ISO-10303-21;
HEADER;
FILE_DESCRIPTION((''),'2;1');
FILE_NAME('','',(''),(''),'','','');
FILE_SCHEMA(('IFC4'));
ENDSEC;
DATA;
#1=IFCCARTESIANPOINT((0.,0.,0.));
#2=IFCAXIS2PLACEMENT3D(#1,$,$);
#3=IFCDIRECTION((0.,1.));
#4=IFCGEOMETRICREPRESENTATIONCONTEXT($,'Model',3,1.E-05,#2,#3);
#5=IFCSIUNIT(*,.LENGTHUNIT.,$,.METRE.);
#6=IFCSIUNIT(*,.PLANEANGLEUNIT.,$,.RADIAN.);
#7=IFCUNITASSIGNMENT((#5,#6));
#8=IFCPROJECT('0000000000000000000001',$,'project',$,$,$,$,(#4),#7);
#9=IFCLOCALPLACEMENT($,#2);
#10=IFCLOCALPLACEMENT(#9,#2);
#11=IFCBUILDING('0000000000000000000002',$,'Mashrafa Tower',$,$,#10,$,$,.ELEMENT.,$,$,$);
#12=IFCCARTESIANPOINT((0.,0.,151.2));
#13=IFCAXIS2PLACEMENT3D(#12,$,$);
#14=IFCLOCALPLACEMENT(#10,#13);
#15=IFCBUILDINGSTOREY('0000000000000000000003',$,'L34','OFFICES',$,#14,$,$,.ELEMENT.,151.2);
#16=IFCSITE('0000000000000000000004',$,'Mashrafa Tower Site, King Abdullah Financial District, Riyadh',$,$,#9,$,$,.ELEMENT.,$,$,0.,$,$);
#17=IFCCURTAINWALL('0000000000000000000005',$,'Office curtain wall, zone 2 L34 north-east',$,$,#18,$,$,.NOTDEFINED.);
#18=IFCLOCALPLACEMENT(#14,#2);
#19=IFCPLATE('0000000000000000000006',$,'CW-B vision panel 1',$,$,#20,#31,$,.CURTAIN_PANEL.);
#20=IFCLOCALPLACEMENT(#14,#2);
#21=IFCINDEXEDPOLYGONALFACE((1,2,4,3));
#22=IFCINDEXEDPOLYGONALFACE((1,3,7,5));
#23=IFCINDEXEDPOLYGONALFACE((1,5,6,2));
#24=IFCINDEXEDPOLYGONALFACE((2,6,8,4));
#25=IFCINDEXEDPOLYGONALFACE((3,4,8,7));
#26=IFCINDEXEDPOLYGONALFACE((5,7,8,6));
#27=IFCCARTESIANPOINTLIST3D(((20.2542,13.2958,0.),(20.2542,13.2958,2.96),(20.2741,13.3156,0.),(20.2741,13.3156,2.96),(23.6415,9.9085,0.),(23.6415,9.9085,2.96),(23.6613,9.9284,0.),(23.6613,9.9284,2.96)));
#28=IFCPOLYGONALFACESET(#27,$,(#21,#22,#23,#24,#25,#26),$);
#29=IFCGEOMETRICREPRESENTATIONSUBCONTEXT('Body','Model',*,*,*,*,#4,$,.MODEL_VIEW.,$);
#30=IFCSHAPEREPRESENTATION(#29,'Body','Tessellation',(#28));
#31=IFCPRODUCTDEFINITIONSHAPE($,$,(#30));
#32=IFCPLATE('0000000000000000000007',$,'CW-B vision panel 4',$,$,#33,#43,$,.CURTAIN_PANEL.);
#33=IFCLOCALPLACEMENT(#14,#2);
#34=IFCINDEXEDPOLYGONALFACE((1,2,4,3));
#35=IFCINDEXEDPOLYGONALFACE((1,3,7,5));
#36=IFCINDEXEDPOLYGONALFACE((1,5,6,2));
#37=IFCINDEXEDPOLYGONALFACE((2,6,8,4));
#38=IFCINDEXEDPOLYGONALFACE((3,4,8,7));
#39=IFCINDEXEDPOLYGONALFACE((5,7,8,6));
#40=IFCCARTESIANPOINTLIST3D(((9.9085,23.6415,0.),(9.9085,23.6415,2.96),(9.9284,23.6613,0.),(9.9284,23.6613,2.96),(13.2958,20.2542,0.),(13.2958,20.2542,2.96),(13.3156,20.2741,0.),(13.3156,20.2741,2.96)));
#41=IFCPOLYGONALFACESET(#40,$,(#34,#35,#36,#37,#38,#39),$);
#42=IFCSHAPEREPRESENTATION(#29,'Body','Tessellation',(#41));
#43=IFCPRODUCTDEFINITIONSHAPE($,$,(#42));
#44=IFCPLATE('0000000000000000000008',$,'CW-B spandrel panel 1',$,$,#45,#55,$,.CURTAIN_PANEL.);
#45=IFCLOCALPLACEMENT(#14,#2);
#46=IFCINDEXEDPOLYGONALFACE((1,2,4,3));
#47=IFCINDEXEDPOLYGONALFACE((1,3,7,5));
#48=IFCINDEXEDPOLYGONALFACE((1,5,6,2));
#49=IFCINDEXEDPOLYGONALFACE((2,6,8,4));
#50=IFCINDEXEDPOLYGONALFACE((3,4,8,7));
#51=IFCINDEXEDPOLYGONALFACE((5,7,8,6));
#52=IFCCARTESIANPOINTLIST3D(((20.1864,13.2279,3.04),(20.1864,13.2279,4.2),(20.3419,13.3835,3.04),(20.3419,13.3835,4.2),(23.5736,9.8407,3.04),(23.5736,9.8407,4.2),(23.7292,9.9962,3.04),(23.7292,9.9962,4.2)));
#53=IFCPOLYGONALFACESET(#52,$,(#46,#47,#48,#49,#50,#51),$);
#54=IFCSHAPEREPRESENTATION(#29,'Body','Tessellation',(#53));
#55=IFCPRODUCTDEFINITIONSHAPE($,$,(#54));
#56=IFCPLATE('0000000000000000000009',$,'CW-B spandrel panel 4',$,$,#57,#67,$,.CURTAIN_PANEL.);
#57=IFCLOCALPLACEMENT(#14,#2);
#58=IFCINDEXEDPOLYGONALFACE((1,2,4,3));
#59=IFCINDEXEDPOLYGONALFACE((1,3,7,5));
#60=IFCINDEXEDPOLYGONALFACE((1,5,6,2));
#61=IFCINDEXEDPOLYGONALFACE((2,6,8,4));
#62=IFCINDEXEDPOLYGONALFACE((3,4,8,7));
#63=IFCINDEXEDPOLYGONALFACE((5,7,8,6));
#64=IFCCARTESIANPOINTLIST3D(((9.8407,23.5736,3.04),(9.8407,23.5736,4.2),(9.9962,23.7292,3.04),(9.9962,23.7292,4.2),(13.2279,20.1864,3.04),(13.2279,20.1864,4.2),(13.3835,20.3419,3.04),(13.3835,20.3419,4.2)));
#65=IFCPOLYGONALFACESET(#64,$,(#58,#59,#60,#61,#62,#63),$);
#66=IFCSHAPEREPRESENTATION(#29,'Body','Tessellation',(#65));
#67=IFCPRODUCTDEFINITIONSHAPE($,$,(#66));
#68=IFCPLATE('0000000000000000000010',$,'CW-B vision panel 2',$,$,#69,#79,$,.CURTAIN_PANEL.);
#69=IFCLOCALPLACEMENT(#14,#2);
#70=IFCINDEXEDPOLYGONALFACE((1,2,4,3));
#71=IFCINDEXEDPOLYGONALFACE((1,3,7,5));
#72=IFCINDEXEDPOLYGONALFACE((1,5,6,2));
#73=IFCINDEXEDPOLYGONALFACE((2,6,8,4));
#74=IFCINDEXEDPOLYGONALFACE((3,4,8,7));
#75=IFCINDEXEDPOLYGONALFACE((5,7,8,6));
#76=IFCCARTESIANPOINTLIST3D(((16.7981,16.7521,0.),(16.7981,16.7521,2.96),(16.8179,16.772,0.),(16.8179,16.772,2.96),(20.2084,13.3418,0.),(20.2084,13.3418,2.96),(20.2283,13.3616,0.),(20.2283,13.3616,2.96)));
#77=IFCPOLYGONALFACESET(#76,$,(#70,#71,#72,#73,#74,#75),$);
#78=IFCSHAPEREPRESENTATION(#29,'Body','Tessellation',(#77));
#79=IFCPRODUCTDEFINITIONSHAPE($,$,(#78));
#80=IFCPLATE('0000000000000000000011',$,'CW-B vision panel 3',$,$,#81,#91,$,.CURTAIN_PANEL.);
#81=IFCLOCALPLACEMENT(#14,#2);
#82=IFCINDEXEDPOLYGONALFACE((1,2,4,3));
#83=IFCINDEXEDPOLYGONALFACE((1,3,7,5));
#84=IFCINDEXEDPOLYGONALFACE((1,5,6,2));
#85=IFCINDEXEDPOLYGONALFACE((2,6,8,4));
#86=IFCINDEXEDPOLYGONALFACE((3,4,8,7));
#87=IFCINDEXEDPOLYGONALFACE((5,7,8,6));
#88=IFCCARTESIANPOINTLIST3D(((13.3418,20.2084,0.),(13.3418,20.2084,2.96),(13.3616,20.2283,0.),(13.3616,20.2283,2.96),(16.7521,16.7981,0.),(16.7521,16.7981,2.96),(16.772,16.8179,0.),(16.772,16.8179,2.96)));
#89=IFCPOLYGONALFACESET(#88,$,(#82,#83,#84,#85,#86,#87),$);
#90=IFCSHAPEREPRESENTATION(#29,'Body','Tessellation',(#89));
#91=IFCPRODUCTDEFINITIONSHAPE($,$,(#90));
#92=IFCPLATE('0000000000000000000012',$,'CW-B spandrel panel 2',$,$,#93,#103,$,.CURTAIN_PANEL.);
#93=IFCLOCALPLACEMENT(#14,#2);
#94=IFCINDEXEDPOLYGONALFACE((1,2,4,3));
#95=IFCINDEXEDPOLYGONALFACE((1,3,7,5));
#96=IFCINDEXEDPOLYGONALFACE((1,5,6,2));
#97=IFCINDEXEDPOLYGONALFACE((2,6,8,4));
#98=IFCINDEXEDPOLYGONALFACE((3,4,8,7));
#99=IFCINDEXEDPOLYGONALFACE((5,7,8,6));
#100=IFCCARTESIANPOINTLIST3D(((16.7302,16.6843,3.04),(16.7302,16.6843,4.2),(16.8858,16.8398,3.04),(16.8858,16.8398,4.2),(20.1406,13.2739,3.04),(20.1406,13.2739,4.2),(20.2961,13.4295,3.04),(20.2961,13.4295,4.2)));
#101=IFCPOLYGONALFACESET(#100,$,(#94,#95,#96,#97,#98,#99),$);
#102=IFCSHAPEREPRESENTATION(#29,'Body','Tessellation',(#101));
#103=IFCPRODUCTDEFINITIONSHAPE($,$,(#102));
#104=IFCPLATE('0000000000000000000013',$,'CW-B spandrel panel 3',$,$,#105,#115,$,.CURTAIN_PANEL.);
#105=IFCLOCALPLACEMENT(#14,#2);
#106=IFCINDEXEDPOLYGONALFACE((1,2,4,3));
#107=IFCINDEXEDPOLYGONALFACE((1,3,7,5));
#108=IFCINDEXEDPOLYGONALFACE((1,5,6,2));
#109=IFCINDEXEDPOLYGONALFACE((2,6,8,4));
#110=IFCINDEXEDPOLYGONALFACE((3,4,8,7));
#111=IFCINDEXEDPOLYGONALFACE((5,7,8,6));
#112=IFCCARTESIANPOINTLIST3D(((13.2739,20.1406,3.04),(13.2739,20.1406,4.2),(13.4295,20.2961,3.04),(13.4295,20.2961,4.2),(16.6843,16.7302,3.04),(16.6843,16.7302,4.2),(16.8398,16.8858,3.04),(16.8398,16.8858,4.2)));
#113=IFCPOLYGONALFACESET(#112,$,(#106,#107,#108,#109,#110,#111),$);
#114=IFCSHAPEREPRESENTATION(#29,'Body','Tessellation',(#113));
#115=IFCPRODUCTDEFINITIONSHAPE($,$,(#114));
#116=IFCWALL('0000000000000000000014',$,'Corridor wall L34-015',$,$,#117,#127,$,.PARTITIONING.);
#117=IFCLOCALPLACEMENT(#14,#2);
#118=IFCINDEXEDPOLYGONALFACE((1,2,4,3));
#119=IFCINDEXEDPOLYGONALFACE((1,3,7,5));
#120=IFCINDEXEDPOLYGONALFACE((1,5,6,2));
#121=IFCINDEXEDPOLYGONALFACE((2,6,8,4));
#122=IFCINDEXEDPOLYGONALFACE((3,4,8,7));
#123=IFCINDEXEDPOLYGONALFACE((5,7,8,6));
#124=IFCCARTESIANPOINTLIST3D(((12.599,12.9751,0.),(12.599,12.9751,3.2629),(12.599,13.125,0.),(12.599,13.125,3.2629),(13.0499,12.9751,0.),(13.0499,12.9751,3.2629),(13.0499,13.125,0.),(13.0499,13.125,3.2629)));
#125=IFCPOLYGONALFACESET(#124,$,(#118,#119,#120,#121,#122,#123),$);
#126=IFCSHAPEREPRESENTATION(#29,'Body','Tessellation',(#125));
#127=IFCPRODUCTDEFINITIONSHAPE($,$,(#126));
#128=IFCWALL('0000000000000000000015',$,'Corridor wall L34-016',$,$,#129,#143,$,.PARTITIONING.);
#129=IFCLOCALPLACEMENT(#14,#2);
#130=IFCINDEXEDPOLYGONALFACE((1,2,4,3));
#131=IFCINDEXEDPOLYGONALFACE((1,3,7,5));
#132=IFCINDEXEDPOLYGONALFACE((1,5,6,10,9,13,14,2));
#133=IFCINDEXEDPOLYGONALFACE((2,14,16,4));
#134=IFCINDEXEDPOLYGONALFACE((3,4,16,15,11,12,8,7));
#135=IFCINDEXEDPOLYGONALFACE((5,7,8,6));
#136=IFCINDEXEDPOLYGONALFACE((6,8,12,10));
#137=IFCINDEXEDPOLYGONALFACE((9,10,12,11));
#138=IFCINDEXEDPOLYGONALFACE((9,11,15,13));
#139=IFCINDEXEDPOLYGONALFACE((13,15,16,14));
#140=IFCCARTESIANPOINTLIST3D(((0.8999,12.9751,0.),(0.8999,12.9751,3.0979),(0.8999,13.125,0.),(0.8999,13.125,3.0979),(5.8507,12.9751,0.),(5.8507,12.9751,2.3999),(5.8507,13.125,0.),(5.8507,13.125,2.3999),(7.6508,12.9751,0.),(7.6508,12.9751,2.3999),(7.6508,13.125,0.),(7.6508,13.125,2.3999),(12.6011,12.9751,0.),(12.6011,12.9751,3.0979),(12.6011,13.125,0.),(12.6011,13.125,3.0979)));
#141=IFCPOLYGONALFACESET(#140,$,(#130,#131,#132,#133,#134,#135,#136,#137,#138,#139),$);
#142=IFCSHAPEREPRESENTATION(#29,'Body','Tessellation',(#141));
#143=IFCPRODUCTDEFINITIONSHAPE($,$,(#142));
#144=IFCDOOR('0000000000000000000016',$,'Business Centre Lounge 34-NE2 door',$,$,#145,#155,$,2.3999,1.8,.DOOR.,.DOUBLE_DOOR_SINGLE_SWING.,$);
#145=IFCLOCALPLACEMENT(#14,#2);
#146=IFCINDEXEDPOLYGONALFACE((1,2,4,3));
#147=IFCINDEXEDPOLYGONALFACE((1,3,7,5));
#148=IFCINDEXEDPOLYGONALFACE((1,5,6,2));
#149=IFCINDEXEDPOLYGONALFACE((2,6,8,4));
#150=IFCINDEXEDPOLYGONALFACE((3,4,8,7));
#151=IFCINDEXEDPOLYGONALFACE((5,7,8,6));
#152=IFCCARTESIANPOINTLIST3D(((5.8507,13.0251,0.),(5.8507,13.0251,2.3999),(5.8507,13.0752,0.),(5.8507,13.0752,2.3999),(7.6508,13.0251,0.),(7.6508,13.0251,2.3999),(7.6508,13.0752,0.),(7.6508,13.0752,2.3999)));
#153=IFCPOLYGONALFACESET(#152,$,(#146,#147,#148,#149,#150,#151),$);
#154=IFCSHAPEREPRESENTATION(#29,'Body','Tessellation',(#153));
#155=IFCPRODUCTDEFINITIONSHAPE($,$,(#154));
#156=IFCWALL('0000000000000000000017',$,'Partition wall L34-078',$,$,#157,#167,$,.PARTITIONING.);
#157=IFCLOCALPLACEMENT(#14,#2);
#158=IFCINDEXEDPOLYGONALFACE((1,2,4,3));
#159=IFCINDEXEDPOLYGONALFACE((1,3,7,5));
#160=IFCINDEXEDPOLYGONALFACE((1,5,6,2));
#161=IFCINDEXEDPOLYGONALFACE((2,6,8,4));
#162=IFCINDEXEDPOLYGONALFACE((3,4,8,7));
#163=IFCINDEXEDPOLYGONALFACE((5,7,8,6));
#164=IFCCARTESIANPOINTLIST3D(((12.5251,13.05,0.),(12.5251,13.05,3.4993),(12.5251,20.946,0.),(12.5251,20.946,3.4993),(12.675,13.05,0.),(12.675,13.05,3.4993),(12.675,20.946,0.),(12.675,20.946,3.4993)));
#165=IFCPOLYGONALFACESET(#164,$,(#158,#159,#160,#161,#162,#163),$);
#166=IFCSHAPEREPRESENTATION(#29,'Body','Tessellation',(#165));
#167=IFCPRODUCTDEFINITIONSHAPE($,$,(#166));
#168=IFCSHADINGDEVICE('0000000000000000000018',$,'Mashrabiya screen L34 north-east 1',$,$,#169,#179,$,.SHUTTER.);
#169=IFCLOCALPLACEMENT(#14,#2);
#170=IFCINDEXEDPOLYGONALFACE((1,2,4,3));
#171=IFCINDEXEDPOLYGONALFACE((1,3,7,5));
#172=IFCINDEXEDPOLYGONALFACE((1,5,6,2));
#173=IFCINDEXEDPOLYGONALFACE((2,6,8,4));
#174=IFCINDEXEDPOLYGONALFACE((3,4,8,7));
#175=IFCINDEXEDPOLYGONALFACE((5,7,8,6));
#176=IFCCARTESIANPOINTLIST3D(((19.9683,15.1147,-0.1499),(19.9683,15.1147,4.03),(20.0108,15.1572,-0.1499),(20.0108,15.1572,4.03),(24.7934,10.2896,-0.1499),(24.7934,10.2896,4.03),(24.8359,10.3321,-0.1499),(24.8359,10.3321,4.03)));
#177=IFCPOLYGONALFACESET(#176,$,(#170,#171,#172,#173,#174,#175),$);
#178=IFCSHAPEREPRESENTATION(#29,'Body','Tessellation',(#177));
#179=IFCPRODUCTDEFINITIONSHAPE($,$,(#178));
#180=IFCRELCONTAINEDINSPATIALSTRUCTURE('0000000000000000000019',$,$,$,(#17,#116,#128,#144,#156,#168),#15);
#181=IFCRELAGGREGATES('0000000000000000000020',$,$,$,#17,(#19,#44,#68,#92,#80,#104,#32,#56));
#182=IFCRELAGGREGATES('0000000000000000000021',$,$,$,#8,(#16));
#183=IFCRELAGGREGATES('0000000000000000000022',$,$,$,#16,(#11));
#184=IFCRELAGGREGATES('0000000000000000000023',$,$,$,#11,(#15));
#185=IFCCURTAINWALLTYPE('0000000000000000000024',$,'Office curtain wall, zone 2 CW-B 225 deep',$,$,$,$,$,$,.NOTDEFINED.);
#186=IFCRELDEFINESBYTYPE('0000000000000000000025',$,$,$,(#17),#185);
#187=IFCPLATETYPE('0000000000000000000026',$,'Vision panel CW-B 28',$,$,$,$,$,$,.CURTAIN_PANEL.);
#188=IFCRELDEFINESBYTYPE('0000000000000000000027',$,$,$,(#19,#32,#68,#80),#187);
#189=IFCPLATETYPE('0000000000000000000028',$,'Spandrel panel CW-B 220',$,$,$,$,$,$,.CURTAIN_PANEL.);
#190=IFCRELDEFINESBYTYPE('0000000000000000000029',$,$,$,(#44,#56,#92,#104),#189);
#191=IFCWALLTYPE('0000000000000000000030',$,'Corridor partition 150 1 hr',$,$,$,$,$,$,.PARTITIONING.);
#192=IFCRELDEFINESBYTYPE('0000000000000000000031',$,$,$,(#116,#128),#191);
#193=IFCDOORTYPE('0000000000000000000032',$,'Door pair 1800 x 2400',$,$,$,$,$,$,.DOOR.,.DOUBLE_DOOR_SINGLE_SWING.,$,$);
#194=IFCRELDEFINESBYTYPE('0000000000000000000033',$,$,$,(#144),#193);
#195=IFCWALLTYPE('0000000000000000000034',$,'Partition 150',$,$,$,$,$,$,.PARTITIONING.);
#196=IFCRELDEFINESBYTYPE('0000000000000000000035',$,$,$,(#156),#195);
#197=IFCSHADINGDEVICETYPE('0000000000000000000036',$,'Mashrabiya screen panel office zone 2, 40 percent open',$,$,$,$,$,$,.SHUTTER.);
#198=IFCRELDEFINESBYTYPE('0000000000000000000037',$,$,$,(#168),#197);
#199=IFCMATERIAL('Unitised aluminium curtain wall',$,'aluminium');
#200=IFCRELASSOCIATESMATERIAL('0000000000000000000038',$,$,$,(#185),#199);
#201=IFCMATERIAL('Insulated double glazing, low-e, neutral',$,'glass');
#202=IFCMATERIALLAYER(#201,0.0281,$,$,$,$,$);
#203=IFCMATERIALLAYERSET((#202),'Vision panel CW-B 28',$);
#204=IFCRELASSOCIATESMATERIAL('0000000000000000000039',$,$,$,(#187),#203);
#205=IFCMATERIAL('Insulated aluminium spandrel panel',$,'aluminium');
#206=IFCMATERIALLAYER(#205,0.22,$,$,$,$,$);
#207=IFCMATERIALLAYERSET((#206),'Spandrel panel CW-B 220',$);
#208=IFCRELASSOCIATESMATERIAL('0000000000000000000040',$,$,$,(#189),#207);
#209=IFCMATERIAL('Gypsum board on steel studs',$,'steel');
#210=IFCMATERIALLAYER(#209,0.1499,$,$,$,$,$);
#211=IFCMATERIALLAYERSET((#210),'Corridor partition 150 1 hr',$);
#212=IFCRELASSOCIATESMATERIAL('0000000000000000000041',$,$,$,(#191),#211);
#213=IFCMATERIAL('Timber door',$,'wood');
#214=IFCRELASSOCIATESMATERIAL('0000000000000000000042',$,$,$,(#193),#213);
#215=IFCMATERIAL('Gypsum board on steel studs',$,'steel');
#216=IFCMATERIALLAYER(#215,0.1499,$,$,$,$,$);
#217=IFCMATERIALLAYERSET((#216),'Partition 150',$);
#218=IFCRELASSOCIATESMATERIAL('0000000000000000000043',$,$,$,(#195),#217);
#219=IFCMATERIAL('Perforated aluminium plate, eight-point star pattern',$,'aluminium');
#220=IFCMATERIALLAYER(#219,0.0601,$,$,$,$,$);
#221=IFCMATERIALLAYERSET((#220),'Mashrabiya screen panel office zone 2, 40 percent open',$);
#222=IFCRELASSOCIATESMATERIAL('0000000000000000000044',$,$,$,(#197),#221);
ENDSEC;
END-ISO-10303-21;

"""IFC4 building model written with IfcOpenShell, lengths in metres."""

from ifc_helpers import new_model, si_unit, direction, frame, frame_2d, origin, origin_2d, place, context, subcontext, project, spatial, rectangle, extrude, source, transform, mapped, material, layer, layer_set, type_object, type_shapes, element, fill, aggregate, save


model = new_model("IFC4")

# Units and contexts
model_context = context("Model", 3, precision=1e-05, world=origin(), true_north=direction((0.0, 1.0)))
body_context = subcontext(model_context, "Body", "Model", "MODEL_VIEW")
ifc_project = project(units=[si_unit("LENGTHUNIT", "METRE"), si_unit("PLANEANGLEUNIT", "RADIAN")], contexts=[model_context])

# Site, building, storey
site_placement = place(None, origin())
site = spatial("IfcSite", under=ifc_project, at=site_placement, Name="Mashrafa Tower Site, King Abdullah Financial District, Riyadh", CompositionType="ELEMENT", RefElevation=0.0)
building_placement = place(site_placement, origin())
building = spatial("IfcBuilding", under=site, at=building_placement, Name="Mashrafa Tower", CompositionType="ELEMENT")
storey_placement = place(building_placement, frame((0.0, 0.0, 151.2)))
storey = spatial("IfcBuildingStorey", under=building, at=storey_placement, Name="L34", Description="OFFICES", CompositionType="ELEMENT", Elevation=151.2)

# Curtain wall, plates
ifc_material_1 = material(Name="Unitised aluminium curtain wall", Category="aluminium")
curtain_wall_type = type_object("IfcCurtainWallType", Name="Office curtain wall, zone 2 CW-B 225 deep", PredefinedType="NOTDEFINED", material=ifc_material_1)
curtain_wall_placement = place(storey_placement, origin())
curtain_wall = element("IfcCurtainWall", 1, at=curtain_wall_placement, inside=storey, type_object=curtain_wall_type, Name="Office curtain wall, zone 2 L34 north-east", PredefinedType="NOTDEFINED")
ifc_material_2 = material(Name="Insulated double glazing, low-e, neutral", Category="glass")
ifc_layer_1 = layer(ifc_material_2, 0.0281)
ifc_layer_set_1 = layer_set([ifc_layer_1], Name="Vision panel CW-B 28")
plate_type_1 = type_object("IfcPlateType", Name="Vision panel CW-B 28", PredefinedType="CURTAIN_PANEL", material=ifc_layer_set_1)
shared_shape_1 = source(origin(), body_context, "Body", "SweptSolid", [
    extrude(rectangle(XDim=4.7903, YDim=0.0281, at=origin_2d()), origin(), (0.0, 0.0, 1.0), 2.96),
])
plate_1_placement = place(storey_placement, frame((21.9578, 11.6121, 0.0), z_axis=(0.0, 0.0, 1.0), x_axis=(-0.707107, 0.707107, 0.0)))
plate_1 = element("IfcPlate", 2, at=plate_1_placement, type_object=plate_type_1, Name="CW-B vision panel 1", PredefinedType="CURTAIN_PANEL", context=body_context, shape_type="MappedRepresentation", body=[
    mapped(shared_shape_1, transform((0.0, 0.0, 0.0))),
])
plate_2_placement = place(storey_placement, frame((11.6121, 21.9578, 0.0), z_axis=(0.0, 0.0, 1.0), x_axis=(-0.707107, 0.707107, 0.0)))
plate_2 = element("IfcPlate", 3, at=plate_2_placement, type_object=plate_type_1, Name="CW-B vision panel 4", PredefinedType="CURTAIN_PANEL", context=body_context, shape_type="MappedRepresentation", body=[
    mapped(shared_shape_1, transform((0.0, 0.0, 0.0))),
])
ifc_material_3 = material(Name="Insulated aluminium spandrel panel", Category="aluminium")
ifc_layer_2 = layer(ifc_material_3, 0.22)
ifc_layer_set_2 = layer_set([ifc_layer_2], Name="Spandrel panel CW-B 220")
plate_type_2 = type_object("IfcPlateType", Name="Spandrel panel CW-B 220", PredefinedType="CURTAIN_PANEL", material=ifc_layer_set_2)
shared_shape_2 = source(origin(), body_context, "Body", "SweptSolid", [
    extrude(rectangle(XDim=4.7903, YDim=0.22, at=origin_2d()), origin(), (0.0, 0.0, 1.0), 1.1599),
])
plate_3_placement = place(storey_placement, frame((21.9578, 11.6121, 3.04), z_axis=(0.0, 0.0, 1.0), x_axis=(-0.707107, 0.707107, 0.0)))
plate_3 = element("IfcPlate", 4, at=plate_3_placement, type_object=plate_type_2, Name="CW-B spandrel panel 1", PredefinedType="CURTAIN_PANEL", context=body_context, shape_type="MappedRepresentation", body=[
    mapped(shared_shape_2, transform((0.0, 0.0, 0.0))),
])
plate_4_placement = place(storey_placement, frame((11.6121, 21.9578, 3.04), z_axis=(0.0, 0.0, 1.0), x_axis=(-0.707107, 0.707107, 0.0)))
plate_4 = element("IfcPlate", 5, at=plate_4_placement, type_object=plate_type_2, Name="CW-B spandrel panel 4", PredefinedType="CURTAIN_PANEL", context=body_context, shape_type="MappedRepresentation", body=[
    mapped(shared_shape_2, transform((0.0, 0.0, 0.0))),
])
shared_shape_3 = source(origin(), body_context, "Body", "SweptSolid", [
    extrude(rectangle(XDim=4.823, YDim=0.0281, at=origin_2d()), origin(), (0.0, 0.0, 1.0), 2.96),
])
type_shapes(plate_type_1, [shared_shape_1, shared_shape_3])
plate_5_placement = place(storey_placement, frame((18.5132, 15.0569, 0.0), z_axis=(0.0, 0.0, 1.0), x_axis=(-0.707107, 0.707107, 0.0)))
plate_5 = element("IfcPlate", 6, at=plate_5_placement, type_object=plate_type_1, Name="CW-B vision panel 2", PredefinedType="CURTAIN_PANEL", context=body_context, shape_type="MappedRepresentation", body=[
    mapped(shared_shape_3, transform((0.0, 0.0, 0.0))),
])
plate_6_placement = place(storey_placement, frame((15.0569, 18.5132, 0.0), z_axis=(0.0, 0.0, 1.0), x_axis=(-0.707107, 0.707107, 0.0)))
plate_6 = element("IfcPlate", 7, at=plate_6_placement, type_object=plate_type_1, Name="CW-B vision panel 3", PredefinedType="CURTAIN_PANEL", context=body_context, shape_type="MappedRepresentation", body=[
    mapped(shared_shape_3, transform((0.0, 0.0, 0.0))),
])
shared_shape_4 = source(origin(), body_context, "Body", "SweptSolid", [
    extrude(rectangle(XDim=4.823, YDim=0.22, at=origin_2d()), origin(), (0.0, 0.0, 1.0), 1.1599),
])
type_shapes(plate_type_2, [shared_shape_2, shared_shape_4])
plate_7_placement = place(storey_placement, frame((18.5132, 15.0569, 3.04), z_axis=(0.0, 0.0, 1.0), x_axis=(-0.707107, 0.707107, 0.0)))
plate_7 = element("IfcPlate", 8, at=plate_7_placement, type_object=plate_type_2, Name="CW-B spandrel panel 2", PredefinedType="CURTAIN_PANEL", context=body_context, shape_type="MappedRepresentation", body=[
    mapped(shared_shape_4, transform((0.0, 0.0, 0.0))),
])
plate_8_placement = place(storey_placement, frame((15.0569, 18.5132, 3.04), z_axis=(0.0, 0.0, 1.0), x_axis=(-0.707107, 0.707107, 0.0)))
plate_8 = element("IfcPlate", 9, at=plate_8_placement, type_object=plate_type_2, Name="CW-B spandrel panel 3", PredefinedType="CURTAIN_PANEL", context=body_context, shape_type="MappedRepresentation", body=[
    mapped(shared_shape_4, transform((0.0, 0.0, 0.0))),
])
aggregate(curtain_wall, [plate_1, plate_3, plate_5, plate_7, plate_6, plate_8, plate_2, plate_4])

# Wall
ifc_material_4 = material(Name="Gypsum board on steel studs", Category="steel")
ifc_layer_3 = layer(ifc_material_4, 0.1499)
ifc_layer_set_3 = layer_set([ifc_layer_3], Name="Corridor partition 150 1 hr")
wall_type_1 = type_object("IfcWallType", Name="Corridor partition 150 1 hr", PredefinedType="PARTITIONING", material=ifc_layer_set_3)
wall_1_placement = place(storey_placement, frame((13.05, 13.05, 0.0), z_axis=(0.0, 0.0, 1.0), x_axis=(-1.0, 0.0, 0.0)))
element("IfcWall", 10, at=wall_1_placement, inside=storey, type_object=wall_type_1, Name="Corridor wall L34-015", PredefinedType="PARTITIONING", context=body_context, shape_type="SweptSolid", body=[
    extrude(rectangle(XDim=0.4509, YDim=0.1499, at=frame_2d((0.2256, 0.0))), origin(), (0.0, 0.0, 1.0), 3.2629),
])

# Wall, opening, door
wall_2_placement = place(storey_placement, frame((12.6011, 13.05, 0.0), z_axis=(0.0, 0.0, 1.0), x_axis=(-1.0, 0.0, 0.0)))
wall_2 = element("IfcWall", 11, at=wall_2_placement, inside=storey, type_object=wall_type_1, Name="Corridor wall L34-016", PredefinedType="PARTITIONING", context=body_context, shape_type="SweptSolid", body=[
    extrude(rectangle(XDim=11.7012, YDim=0.1499, at=frame_2d((5.8506, 0.0))), origin(), (0.0, 0.0, 1.0), 3.0979),
])
opening_placement = place(wall_2_placement, frame((4.9504, 0.0, 0.0)))
opening = element("IfcOpeningElement", 12, at=opening_placement, cuts=wall_2, PredefinedType="OPENING", context=body_context, shape_type="SweptSolid", body=[
    extrude(rectangle(XDim=1.8, YDim=2.3999, at=frame_2d((0.8999, 1.2))), frame((0.0, 0.085, 0.0), z_axis=(0.0, -1.0, 0.0), x_axis=(1.0, 0.0, 0.0)), (0.0, 0.0, 1.0), 0.1699),
])
ifc_material_5 = material(Name="Timber door", Category="wood")
door_type = type_object("IfcDoorType", Name="Door pair 1800 x 2400", OperationType="DOUBLE_DOOR_SINGLE_SWING", PredefinedType="DOOR", material=ifc_material_5)
door_placement = place(opening_placement, origin())
door = element("IfcDoor", 13, at=door_placement, inside=storey, type_object=door_type, Name="Business Centre Lounge 34-NE2 door", OperationType="DOUBLE_DOOR_SINGLE_SWING", OverallHeight=2.3999, OverallWidth=1.8, PredefinedType="DOOR", context=body_context, shape_type="SweptSolid", body=[
    extrude(rectangle(XDim=1.8, YDim=2.3999, at=frame_2d((0.8999, 1.2))), frame((0.0, 0.0249, 0.0), z_axis=(0.0, -1.0, 0.0), x_axis=(1.0, 0.0, 0.0)), (0.0, 0.0, 1.0), 0.05),
])
fill(opening, door)

# Wall
ifc_material_6 = material(Name="Gypsum board on steel studs", Category="steel")
ifc_layer_4 = layer(ifc_material_6, 0.1499)
ifc_layer_set_4 = layer_set([ifc_layer_4], Name="Partition 150")
wall_type_2 = type_object("IfcWallType", Name="Partition 150", PredefinedType="PARTITIONING", material=ifc_layer_set_4)
wall_3_placement = place(storey_placement, frame((12.6001, 20.946, 0.0), z_axis=(0.0, 0.0, 1.0), x_axis=(0.0, -1.0, 0.0)))
element("IfcWall", 14, at=wall_3_placement, inside=storey, type_object=wall_type_2, Name="Partition wall L34-078", PredefinedType="PARTITIONING", context=body_context, shape_type="SweptSolid", body=[
    extrude(rectangle(XDim=7.896, YDim=0.1499, at=frame_2d((3.948, 0.0))), origin(), (0.0, 0.0, 1.0), 3.4993),
])

# Shading device
ifc_material_7 = material(Name="Perforated aluminium plate, eight-point star pattern", Category="aluminium")
ifc_layer_5 = layer(ifc_material_7, 0.0601)
ifc_layer_set_5 = layer_set([ifc_layer_5], Name="Mashrabiya screen panel office zone 2, 40 percent open")
shading_device_type = type_object("IfcShadingDeviceType", Name="Mashrabiya screen panel office zone 2, 40 percent open", PredefinedType="SHUTTER", material=ifc_layer_set_5)
shared_shape_5 = source(origin(), body_context, "Body", "SweptSolid", [
    extrude(rectangle(XDim=6.8237, YDim=0.0601, at=origin_2d()), origin(), (0.0, 0.0, 1.0), 4.1799),
])
type_shapes(shading_device_type, [shared_shape_5])
for number, where, z_axis, x_axis, name in (
    (15, (22.4021, 12.7234, -0.1499), (0.0, 0.0, 1.0), (-0.707107, 0.707107, 0.0), "Mashrabiya screen L34 north-east 1"),
):
    element("IfcShadingDevice", number, at=place(storey_placement, frame(where, z_axis=z_axis, x_axis=x_axis)), inside=storey, type_object=shading_device_type, Name=name, PredefinedType="SHUTTER", context=body_context, shape_type="MappedRepresentation", body=[
        mapped(shared_shape_5, transform((0.0, 0.0, 0.0))),
    ])

save(model, "model.ifc")
